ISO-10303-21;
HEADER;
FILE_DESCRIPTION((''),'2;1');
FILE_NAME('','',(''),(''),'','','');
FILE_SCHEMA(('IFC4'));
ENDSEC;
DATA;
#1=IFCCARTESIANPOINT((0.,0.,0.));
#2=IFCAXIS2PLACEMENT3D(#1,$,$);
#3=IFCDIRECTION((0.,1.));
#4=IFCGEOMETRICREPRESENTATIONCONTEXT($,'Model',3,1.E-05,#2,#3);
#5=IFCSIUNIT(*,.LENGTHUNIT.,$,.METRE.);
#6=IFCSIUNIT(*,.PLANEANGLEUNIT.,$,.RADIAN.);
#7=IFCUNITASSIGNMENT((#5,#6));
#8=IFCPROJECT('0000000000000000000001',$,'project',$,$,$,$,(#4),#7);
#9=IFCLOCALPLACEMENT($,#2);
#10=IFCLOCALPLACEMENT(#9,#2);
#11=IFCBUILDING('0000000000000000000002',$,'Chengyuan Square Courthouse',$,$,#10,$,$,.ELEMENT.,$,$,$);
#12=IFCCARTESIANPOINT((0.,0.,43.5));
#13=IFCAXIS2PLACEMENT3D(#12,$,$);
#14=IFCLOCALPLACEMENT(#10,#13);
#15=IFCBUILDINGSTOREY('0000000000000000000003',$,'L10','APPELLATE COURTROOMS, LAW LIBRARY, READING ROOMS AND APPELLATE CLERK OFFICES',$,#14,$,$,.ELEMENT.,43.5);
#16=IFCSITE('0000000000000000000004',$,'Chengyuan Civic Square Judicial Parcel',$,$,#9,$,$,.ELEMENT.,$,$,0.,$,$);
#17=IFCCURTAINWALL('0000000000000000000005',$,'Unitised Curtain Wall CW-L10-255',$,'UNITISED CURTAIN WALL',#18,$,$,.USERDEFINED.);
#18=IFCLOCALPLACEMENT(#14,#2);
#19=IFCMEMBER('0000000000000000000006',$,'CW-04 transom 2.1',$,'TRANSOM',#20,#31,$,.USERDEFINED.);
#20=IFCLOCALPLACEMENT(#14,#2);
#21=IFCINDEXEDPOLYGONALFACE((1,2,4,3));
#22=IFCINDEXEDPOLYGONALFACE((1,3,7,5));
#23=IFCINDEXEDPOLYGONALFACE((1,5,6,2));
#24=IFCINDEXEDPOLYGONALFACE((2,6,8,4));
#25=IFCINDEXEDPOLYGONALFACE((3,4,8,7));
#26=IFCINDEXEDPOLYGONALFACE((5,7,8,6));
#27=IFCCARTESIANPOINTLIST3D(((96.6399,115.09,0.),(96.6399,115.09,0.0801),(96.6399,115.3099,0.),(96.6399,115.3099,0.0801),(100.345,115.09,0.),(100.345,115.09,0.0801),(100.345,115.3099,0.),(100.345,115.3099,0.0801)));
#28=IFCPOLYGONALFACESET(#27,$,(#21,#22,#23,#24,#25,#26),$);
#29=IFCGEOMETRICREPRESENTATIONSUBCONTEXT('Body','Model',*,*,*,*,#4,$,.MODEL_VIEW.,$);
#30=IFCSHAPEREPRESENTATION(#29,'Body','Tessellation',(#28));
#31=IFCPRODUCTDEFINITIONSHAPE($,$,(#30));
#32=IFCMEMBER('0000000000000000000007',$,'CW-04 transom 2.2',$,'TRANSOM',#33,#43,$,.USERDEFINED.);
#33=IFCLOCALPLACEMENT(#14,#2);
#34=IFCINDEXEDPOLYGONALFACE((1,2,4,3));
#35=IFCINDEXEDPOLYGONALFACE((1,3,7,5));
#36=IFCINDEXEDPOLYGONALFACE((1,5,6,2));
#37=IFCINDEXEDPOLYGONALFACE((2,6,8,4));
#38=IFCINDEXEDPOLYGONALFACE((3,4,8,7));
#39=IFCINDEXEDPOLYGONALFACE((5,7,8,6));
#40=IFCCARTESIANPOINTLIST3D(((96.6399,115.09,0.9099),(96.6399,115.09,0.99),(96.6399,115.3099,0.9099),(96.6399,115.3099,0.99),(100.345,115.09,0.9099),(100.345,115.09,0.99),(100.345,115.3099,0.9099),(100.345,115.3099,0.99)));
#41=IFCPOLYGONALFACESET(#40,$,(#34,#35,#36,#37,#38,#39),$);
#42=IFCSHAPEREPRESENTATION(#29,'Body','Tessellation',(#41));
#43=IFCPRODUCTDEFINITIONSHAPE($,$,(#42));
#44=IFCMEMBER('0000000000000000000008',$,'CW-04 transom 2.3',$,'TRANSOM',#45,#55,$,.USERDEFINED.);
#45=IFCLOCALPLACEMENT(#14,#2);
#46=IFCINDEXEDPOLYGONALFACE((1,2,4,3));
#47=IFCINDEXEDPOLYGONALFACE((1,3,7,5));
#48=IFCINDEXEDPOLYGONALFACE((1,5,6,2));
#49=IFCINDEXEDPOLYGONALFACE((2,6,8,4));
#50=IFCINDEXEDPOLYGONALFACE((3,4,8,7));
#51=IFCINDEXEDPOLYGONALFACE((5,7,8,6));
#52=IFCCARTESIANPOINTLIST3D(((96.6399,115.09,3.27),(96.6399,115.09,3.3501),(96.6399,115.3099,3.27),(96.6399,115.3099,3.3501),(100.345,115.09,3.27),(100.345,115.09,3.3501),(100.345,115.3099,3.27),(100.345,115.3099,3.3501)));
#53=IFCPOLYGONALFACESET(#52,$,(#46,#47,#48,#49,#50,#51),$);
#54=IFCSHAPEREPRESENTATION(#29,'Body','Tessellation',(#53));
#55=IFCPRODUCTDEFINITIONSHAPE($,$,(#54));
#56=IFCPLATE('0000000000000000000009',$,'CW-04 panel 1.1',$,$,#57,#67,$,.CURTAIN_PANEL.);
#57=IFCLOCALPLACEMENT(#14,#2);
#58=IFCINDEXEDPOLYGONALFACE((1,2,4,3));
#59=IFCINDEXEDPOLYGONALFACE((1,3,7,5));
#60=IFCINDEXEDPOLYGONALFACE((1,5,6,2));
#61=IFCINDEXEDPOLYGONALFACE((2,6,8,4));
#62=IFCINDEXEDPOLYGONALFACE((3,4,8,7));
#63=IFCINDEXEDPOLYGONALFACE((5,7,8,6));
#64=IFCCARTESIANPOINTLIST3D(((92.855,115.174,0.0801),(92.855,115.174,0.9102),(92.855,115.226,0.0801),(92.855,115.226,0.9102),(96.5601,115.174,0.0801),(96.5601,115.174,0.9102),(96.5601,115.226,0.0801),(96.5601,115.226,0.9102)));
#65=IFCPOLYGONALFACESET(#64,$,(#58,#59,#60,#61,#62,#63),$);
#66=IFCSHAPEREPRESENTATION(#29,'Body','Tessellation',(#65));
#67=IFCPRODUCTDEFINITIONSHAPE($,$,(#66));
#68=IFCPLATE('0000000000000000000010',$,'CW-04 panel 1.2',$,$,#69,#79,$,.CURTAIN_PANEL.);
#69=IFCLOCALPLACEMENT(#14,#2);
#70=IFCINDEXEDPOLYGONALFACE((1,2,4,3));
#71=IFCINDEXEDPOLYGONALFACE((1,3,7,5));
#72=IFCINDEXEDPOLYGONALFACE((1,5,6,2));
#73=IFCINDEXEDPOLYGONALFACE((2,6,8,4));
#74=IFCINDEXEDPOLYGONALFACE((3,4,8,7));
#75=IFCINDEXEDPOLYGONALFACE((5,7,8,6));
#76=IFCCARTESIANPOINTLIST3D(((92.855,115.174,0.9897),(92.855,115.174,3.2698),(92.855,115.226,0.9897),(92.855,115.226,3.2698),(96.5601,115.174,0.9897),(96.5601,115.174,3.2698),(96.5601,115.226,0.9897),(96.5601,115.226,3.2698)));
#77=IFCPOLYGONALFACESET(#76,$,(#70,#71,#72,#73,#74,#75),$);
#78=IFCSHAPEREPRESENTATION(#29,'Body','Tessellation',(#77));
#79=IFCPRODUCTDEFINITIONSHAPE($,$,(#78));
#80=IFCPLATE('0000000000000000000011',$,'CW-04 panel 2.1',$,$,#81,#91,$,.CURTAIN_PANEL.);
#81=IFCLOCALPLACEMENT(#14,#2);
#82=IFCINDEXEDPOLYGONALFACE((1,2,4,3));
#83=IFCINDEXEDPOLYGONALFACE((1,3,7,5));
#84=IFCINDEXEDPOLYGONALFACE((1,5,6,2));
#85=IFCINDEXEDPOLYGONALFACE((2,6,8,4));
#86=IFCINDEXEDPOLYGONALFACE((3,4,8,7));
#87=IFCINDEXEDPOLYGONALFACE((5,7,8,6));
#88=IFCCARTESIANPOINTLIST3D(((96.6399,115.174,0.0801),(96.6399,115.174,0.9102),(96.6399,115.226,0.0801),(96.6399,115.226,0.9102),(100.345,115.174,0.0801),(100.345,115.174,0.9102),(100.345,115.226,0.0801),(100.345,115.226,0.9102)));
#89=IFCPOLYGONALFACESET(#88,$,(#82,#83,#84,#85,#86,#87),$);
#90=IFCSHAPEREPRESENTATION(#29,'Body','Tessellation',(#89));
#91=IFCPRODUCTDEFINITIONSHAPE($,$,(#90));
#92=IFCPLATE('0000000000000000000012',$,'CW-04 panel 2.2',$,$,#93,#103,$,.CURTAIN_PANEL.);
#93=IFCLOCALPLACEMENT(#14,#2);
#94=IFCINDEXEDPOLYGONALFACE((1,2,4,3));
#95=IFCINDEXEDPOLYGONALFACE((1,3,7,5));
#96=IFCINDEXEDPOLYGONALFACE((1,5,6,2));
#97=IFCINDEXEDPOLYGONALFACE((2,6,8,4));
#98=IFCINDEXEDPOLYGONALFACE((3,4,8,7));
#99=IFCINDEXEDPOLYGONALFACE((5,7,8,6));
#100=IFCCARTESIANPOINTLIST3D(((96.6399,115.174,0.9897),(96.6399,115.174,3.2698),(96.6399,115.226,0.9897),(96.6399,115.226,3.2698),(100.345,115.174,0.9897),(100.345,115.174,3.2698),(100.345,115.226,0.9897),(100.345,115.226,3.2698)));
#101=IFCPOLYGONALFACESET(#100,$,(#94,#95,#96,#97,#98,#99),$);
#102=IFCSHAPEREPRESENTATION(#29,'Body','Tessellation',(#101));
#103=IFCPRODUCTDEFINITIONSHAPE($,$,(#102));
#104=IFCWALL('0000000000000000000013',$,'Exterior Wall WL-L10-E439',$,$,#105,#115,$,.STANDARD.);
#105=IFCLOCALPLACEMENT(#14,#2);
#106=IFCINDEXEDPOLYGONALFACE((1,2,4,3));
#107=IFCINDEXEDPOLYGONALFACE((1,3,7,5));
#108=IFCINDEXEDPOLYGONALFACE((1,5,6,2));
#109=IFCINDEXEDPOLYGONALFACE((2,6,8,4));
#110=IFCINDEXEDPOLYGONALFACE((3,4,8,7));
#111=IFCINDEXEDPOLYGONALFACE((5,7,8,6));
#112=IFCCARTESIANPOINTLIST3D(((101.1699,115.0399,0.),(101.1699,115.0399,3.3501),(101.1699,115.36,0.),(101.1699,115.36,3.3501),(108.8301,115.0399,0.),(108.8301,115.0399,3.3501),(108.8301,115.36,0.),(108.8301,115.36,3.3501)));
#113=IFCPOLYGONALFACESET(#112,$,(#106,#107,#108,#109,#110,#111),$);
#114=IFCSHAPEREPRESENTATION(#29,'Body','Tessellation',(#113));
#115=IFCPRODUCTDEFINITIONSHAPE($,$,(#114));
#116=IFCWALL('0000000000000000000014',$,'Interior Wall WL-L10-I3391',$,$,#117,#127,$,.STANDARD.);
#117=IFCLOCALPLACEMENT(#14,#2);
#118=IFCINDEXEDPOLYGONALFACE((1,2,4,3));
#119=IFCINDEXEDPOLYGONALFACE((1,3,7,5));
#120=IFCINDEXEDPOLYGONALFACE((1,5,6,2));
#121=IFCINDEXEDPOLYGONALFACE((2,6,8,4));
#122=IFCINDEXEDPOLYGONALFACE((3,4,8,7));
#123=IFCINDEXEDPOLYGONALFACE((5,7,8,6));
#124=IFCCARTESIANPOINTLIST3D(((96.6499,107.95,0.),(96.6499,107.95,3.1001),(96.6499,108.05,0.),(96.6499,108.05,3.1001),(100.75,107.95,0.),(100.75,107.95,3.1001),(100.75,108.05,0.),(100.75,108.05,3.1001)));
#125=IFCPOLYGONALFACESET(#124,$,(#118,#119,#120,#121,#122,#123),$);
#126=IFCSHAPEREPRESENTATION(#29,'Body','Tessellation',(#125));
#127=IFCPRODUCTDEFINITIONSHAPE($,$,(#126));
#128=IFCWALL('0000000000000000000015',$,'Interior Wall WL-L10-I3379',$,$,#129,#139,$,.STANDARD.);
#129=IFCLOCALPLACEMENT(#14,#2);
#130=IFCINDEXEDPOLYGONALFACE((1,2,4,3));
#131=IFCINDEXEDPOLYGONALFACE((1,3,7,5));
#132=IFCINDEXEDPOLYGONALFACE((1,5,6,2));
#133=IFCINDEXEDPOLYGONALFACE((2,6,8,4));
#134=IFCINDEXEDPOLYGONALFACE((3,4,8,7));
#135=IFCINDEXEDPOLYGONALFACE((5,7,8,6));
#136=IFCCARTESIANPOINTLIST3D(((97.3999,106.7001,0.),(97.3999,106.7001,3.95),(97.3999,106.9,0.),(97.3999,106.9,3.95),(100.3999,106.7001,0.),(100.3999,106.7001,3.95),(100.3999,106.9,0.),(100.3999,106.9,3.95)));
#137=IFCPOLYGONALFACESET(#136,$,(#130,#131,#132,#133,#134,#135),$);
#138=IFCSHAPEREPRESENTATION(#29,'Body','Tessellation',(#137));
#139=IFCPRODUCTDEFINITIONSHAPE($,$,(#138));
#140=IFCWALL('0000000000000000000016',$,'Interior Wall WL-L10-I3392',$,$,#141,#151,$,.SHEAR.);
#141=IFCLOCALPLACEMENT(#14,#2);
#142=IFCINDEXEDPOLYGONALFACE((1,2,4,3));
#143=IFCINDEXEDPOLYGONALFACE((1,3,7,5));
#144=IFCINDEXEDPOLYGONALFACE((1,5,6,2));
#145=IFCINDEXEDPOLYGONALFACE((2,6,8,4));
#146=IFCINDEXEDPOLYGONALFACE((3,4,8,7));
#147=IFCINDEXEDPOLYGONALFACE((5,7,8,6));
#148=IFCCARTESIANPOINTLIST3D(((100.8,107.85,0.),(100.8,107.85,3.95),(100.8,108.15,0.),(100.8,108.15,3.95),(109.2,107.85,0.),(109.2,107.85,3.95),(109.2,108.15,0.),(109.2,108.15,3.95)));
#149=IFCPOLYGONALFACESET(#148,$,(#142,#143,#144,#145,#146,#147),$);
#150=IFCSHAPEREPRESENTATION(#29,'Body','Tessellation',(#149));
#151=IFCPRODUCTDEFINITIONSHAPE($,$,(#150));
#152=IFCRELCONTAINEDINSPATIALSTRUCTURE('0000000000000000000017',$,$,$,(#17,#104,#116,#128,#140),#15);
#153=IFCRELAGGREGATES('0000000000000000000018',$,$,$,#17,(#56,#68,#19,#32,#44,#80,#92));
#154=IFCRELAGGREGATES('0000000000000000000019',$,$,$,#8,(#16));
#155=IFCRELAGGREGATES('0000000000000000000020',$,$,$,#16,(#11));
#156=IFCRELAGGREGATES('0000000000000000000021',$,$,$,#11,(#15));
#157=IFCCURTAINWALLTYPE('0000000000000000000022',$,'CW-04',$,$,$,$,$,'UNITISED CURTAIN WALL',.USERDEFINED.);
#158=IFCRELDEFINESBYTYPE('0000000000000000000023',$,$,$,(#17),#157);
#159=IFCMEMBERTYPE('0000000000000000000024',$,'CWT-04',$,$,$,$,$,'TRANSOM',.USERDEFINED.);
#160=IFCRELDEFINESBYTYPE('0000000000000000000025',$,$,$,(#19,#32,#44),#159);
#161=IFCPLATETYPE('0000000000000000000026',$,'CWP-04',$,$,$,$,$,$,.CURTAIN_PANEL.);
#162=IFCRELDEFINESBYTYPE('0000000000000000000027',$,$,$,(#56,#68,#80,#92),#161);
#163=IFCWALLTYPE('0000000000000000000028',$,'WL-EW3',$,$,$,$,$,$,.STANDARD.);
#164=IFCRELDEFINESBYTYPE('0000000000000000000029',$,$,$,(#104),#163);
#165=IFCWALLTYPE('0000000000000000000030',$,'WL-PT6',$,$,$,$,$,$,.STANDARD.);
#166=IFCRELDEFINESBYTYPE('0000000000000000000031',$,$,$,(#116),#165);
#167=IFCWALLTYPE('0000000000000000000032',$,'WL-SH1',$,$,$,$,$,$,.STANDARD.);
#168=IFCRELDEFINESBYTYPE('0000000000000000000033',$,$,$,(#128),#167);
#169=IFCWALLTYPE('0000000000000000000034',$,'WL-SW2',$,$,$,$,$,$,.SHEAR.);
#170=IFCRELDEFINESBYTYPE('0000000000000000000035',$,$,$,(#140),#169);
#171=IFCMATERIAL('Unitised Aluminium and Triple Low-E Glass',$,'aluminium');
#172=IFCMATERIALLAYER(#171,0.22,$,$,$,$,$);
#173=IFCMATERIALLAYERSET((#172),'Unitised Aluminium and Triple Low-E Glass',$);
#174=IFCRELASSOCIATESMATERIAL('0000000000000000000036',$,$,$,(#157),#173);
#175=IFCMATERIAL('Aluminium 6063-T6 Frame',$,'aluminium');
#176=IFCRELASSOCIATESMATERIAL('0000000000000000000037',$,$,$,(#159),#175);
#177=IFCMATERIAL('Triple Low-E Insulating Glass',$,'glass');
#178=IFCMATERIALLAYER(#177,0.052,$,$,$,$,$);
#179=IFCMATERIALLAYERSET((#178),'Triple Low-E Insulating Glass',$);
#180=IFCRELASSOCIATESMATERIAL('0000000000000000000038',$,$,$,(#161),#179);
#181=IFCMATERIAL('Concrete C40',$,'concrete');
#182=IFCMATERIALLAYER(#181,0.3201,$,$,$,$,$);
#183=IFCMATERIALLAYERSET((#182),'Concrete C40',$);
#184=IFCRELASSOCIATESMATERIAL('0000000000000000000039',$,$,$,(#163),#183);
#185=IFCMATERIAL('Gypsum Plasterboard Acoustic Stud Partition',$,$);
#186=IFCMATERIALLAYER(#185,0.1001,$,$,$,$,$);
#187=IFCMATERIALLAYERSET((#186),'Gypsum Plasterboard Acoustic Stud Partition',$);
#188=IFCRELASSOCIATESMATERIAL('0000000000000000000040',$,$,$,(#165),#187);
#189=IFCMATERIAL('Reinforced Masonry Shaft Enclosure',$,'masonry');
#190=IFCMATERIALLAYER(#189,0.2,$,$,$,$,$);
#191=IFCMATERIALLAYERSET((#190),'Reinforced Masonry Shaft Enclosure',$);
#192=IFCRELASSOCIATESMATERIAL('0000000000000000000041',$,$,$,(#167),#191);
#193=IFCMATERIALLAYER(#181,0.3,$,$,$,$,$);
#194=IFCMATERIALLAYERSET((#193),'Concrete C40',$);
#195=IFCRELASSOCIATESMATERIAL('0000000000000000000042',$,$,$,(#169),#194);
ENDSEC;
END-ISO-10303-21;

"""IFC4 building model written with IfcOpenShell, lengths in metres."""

from ifc_helpers import new_model, si_unit, direction, frame, frame_2d, origin, origin_2d, place, context, subcontext, project, spatial, rectangle, extrude, material, layer, layer_set, material_profile, profile_set, type_object, element, aggregate, save


model = new_model("IFC4")

# Units and contexts
model_context = context("Model", 3, precision=1e-05, world=origin(), true_north=direction((0.0, 1.0)))
body_context = subcontext(model_context, "Body", "Model", "MODEL_VIEW")
ifc_project = project(units=[si_unit("LENGTHUNIT", "METRE"), si_unit("PLANEANGLEUNIT", "RADIAN")], contexts=[model_context])

# Site, building, storey
site_placement = place(None, origin())
site = spatial("IfcSite", under=ifc_project, at=site_placement, Name="Chengyuan Civic Square Judicial Parcel", CompositionType="ELEMENT", RefElevation=0.0)
building_placement = place(site_placement, origin())
building = spatial("IfcBuilding", under=site, at=building_placement, Name="Chengyuan Square Courthouse", CompositionType="ELEMENT")
storey_placement = place(building_placement, frame((0.0, 0.0, 43.5)))
storey = spatial("IfcBuildingStorey", under=building, at=storey_placement, Name="L10", Description="APPELLATE COURTROOMS, LAW LIBRARY, READING ROOMS AND APPELLATE CLERK OFFICES", CompositionType="ELEMENT", Elevation=43.5)

# Shared definitions
ifc_material_1 = material(Name="Concrete C40", Category="concrete")

# Curtain wall, members, plates
ifc_material_2 = material(Name="Unitised Aluminium and Triple Low-E Glass", Category="aluminium")
ifc_layer_1 = layer(ifc_material_2, 0.22)
ifc_layer_set_1 = layer_set([ifc_layer_1], Name="Unitised Aluminium and Triple Low-E Glass")
curtain_wall_type = type_object("IfcCurtainWallType", Name="CW-04", ElementType="UNITISED CURTAIN WALL", PredefinedType="USERDEFINED", material=ifc_layer_set_1)
curtain_wall_placement = place(storey_placement, origin())
curtain_wall = element("IfcCurtainWall", 1, at=curtain_wall_placement, inside=storey, type_object=curtain_wall_type, Name="Unitised Curtain Wall CW-L10-255", ObjectType="UNITISED CURTAIN WALL", PredefinedType="USERDEFINED")
ifc_material_3 = material(Name="Aluminium 6063-T6 Frame", Category="aluminium")
ifc_material_profile_1 = material_profile(ifc_material_3, rectangle(XDim=0.22, YDim=0.0801, at=origin_2d()), Name="CW-TRN-80x180")
ifc_profile_set_1 = profile_set([ifc_material_profile_1], Name="Aluminium 6063-T6 Frame")
member_type_1 = type_object("IfcMemberType", Name="CWT-04", ElementType="TRANSOM", PredefinedType="USERDEFINED", material=ifc_profile_set_1)
member_1_placement = place(storey_placement, frame((96.6399, 115.2, 0.04), z_axis=(1.0, 0.0, 0.0), x_axis=(0.0, 1.0, 0.0)))
member_1 = element("IfcMember", 2, at=member_1_placement, type_object=member_type_1, Name="CW-04 transom 2.1", ObjectType="TRANSOM", PredefinedType="USERDEFINED", context=body_context, shape_type="SweptSolid", body=[
    extrude(rectangle(XDim=0.22, YDim=0.0801, at=origin_2d()), origin(), (0.0, 0.0, 1.0), 3.7051),
])
member_2_placement = place(storey_placement, frame((96.6399, 115.2, 0.95), z_axis=(1.0, 0.0, 0.0), x_axis=(0.0, 1.0, 0.0)))
member_2 = element("IfcMember", 3, at=member_2_placement, type_object=member_type_1, Name="CW-04 transom 2.2", ObjectType="TRANSOM", PredefinedType="USERDEFINED", context=body_context, shape_type="SweptSolid", body=[
    extrude(rectangle(XDim=0.22, YDim=0.0801, at=origin_2d()), origin(), (0.0, 0.0, 1.0), 3.7051),
])
member_3_placement = place(storey_placement, frame((96.6399, 115.2, 3.3101), z_axis=(1.0, 0.0, 0.0), x_axis=(0.0, 1.0, 0.0)))
member_3 = element("IfcMember", 4, at=member_3_placement, type_object=member_type_1, Name="CW-04 transom 2.3", ObjectType="TRANSOM", PredefinedType="USERDEFINED", context=body_context, shape_type="SweptSolid", body=[
    extrude(rectangle(XDim=0.22, YDim=0.0801, at=origin_2d()), origin(), (0.0, 0.0, 1.0), 3.7051),
])
ifc_material_4 = material(Name="Triple Low-E Insulating Glass", Category="glass")
ifc_layer_2 = layer(ifc_material_4, 0.052)
ifc_layer_set_2 = layer_set([ifc_layer_2], Name="Triple Low-E Insulating Glass")
plate_type = type_object("IfcPlateType", Name="CWP-04", PredefinedType="CURTAIN_PANEL", material=ifc_layer_set_2)
plate_1_placement = place(storey_placement, frame((94.7075, 115.2, 0.0801), z_axis=(0.0, 0.0, 1.0), x_axis=(1.0, 0.0, 0.0)))
plate_1 = element("IfcPlate", 5, at=plate_1_placement, type_object=plate_type, Name="CW-04 panel 1.1", PredefinedType="CURTAIN_PANEL", context=body_context, shape_type="SweptSolid", body=[
    extrude(rectangle(XDim=3.7051, YDim=0.052, at=origin_2d()), origin(), (0.0, 0.0, 1.0), 0.8301),
])
plate_2_placement = place(storey_placement, frame((94.7075, 115.2, 0.9897), z_axis=(0.0, 0.0, 1.0), x_axis=(1.0, 0.0, 0.0)))
plate_2 = element("IfcPlate", 6, at=plate_2_placement, type_object=plate_type, Name="CW-04 panel 1.2", PredefinedType="CURTAIN_PANEL", context=body_context, shape_type="SweptSolid", body=[
    extrude(rectangle(XDim=3.7051, YDim=0.052, at=origin_2d()), origin(), (0.0, 0.0, 1.0), 2.28),
])
plate_3_placement = place(storey_placement, frame((98.4924, 115.2, 0.0801), z_axis=(0.0, 0.0, 1.0), x_axis=(1.0, 0.0, 0.0)))
plate_3 = element("IfcPlate", 7, at=plate_3_placement, type_object=plate_type, Name="CW-04 panel 2.1", PredefinedType="CURTAIN_PANEL", context=body_context, shape_type="SweptSolid", body=[
    extrude(rectangle(XDim=3.7051, YDim=0.052, at=origin_2d()), origin(), (0.0, 0.0, 1.0), 0.8301),
])
plate_4_placement = place(storey_placement, frame((98.4924, 115.2, 0.9897), z_axis=(0.0, 0.0, 1.0), x_axis=(1.0, 0.0, 0.0)))
plate_4 = element("IfcPlate", 8, at=plate_4_placement, type_object=plate_type, Name="CW-04 panel 2.2", PredefinedType="CURTAIN_PANEL", context=body_context, shape_type="SweptSolid", body=[
    extrude(rectangle(XDim=3.7051, YDim=0.052, at=origin_2d()), origin(), (0.0, 0.0, 1.0), 2.28),
])
aggregate(curtain_wall, [plate_1, plate_2, member_1, member_2, member_3, plate_3, plate_4])

# Walls
ifc_layer_3 = layer(ifc_material_1, 0.3201)
ifc_layer_set_3 = layer_set([ifc_layer_3], Name="Concrete C40")
wall_type_1 = type_object("IfcWallType", Name="WL-EW3", PredefinedType="STANDARD", material=ifc_layer_set_3)
wall_1_placement = place(storey_placement, frame((101.1699, 115.2, 0.0), z_axis=(0.0, 0.0, 1.0), x_axis=(1.0, 0.0, 0.0)))
element("IfcWall", 9, at=wall_1_placement, inside=storey, type_object=wall_type_1, Name="Exterior Wall WL-L10-E439", PredefinedType="STANDARD", context=body_context, shape_type="SweptSolid", body=[
    extrude(rectangle(XDim=7.6602, YDim=0.3201, at=frame_2d((3.8301, 0.0))), origin(), (0.0, 0.0, 1.0), 3.3501),
])
ifc_material_5 = material(Name="Gypsum Plasterboard Acoustic Stud Partition")
ifc_layer_4 = layer(ifc_material_5, 0.1001)
ifc_layer_set_4 = layer_set([ifc_layer_4], Name="Gypsum Plasterboard Acoustic Stud Partition")
wall_type_2 = type_object("IfcWallType", Name="WL-PT6", PredefinedType="STANDARD", material=ifc_layer_set_4)
wall_2_placement = place(storey_placement, frame((96.6499, 108.0, 0.0), z_axis=(0.0, 0.0, 1.0), x_axis=(1.0, 0.0, 0.0)))
element("IfcWall", 10, at=wall_2_placement, inside=storey, type_object=wall_type_2, Name="Interior Wall WL-L10-I3391", PredefinedType="STANDARD", context=body_context, shape_type="SweptSolid", body=[
    extrude(rectangle(XDim=4.1001, YDim=0.1001, at=frame_2d((2.05, 0.0))), origin(), (0.0, 0.0, 1.0), 3.1001),
])
ifc_material_6 = material(Name="Reinforced Masonry Shaft Enclosure", Category="masonry")
ifc_layer_5 = layer(ifc_material_6, 0.2)
ifc_layer_set_5 = layer_set([ifc_layer_5], Name="Reinforced Masonry Shaft Enclosure")
wall_type_3 = type_object("IfcWallType", Name="WL-SH1", PredefinedType="STANDARD", material=ifc_layer_set_5)
wall_3_placement = place(storey_placement, frame((97.3999, 106.8, 0.0), z_axis=(0.0, 0.0, 1.0), x_axis=(1.0, 0.0, 0.0)))
element("IfcWall", 11, at=wall_3_placement, inside=storey, type_object=wall_type_3, Name="Interior Wall WL-L10-I3379", PredefinedType="STANDARD", context=body_context, shape_type="SweptSolid", body=[
    extrude(rectangle(XDim=3.0, YDim=0.2, at=frame_2d((1.5, 0.0))), origin(), (0.0, 0.0, 1.0), 3.95),
])
ifc_layer_6 = layer(ifc_material_1, 0.3)
ifc_layer_set_6 = layer_set([ifc_layer_6], Name="Concrete C40")
wall_type_4 = type_object("IfcWallType", Name="WL-SW2", PredefinedType="SHEAR", material=ifc_layer_set_6)
wall_4_placement = place(storey_placement, frame((100.8, 108.0, 0.0), z_axis=(0.0, 0.0, 1.0), x_axis=(1.0, 0.0, 0.0)))
element("IfcWall", 12, at=wall_4_placement, inside=storey, type_object=wall_type_4, Name="Interior Wall WL-L10-I3392", PredefinedType="SHEAR", context=body_context, shape_type="SweptSolid", body=[
    extrude(rectangle(XDim=8.3999, YDim=0.3, at=frame_2d((4.2, 0.0))), origin(), (0.0, 0.0, 1.0), 3.95),
])

save(model, "model.ifc")
